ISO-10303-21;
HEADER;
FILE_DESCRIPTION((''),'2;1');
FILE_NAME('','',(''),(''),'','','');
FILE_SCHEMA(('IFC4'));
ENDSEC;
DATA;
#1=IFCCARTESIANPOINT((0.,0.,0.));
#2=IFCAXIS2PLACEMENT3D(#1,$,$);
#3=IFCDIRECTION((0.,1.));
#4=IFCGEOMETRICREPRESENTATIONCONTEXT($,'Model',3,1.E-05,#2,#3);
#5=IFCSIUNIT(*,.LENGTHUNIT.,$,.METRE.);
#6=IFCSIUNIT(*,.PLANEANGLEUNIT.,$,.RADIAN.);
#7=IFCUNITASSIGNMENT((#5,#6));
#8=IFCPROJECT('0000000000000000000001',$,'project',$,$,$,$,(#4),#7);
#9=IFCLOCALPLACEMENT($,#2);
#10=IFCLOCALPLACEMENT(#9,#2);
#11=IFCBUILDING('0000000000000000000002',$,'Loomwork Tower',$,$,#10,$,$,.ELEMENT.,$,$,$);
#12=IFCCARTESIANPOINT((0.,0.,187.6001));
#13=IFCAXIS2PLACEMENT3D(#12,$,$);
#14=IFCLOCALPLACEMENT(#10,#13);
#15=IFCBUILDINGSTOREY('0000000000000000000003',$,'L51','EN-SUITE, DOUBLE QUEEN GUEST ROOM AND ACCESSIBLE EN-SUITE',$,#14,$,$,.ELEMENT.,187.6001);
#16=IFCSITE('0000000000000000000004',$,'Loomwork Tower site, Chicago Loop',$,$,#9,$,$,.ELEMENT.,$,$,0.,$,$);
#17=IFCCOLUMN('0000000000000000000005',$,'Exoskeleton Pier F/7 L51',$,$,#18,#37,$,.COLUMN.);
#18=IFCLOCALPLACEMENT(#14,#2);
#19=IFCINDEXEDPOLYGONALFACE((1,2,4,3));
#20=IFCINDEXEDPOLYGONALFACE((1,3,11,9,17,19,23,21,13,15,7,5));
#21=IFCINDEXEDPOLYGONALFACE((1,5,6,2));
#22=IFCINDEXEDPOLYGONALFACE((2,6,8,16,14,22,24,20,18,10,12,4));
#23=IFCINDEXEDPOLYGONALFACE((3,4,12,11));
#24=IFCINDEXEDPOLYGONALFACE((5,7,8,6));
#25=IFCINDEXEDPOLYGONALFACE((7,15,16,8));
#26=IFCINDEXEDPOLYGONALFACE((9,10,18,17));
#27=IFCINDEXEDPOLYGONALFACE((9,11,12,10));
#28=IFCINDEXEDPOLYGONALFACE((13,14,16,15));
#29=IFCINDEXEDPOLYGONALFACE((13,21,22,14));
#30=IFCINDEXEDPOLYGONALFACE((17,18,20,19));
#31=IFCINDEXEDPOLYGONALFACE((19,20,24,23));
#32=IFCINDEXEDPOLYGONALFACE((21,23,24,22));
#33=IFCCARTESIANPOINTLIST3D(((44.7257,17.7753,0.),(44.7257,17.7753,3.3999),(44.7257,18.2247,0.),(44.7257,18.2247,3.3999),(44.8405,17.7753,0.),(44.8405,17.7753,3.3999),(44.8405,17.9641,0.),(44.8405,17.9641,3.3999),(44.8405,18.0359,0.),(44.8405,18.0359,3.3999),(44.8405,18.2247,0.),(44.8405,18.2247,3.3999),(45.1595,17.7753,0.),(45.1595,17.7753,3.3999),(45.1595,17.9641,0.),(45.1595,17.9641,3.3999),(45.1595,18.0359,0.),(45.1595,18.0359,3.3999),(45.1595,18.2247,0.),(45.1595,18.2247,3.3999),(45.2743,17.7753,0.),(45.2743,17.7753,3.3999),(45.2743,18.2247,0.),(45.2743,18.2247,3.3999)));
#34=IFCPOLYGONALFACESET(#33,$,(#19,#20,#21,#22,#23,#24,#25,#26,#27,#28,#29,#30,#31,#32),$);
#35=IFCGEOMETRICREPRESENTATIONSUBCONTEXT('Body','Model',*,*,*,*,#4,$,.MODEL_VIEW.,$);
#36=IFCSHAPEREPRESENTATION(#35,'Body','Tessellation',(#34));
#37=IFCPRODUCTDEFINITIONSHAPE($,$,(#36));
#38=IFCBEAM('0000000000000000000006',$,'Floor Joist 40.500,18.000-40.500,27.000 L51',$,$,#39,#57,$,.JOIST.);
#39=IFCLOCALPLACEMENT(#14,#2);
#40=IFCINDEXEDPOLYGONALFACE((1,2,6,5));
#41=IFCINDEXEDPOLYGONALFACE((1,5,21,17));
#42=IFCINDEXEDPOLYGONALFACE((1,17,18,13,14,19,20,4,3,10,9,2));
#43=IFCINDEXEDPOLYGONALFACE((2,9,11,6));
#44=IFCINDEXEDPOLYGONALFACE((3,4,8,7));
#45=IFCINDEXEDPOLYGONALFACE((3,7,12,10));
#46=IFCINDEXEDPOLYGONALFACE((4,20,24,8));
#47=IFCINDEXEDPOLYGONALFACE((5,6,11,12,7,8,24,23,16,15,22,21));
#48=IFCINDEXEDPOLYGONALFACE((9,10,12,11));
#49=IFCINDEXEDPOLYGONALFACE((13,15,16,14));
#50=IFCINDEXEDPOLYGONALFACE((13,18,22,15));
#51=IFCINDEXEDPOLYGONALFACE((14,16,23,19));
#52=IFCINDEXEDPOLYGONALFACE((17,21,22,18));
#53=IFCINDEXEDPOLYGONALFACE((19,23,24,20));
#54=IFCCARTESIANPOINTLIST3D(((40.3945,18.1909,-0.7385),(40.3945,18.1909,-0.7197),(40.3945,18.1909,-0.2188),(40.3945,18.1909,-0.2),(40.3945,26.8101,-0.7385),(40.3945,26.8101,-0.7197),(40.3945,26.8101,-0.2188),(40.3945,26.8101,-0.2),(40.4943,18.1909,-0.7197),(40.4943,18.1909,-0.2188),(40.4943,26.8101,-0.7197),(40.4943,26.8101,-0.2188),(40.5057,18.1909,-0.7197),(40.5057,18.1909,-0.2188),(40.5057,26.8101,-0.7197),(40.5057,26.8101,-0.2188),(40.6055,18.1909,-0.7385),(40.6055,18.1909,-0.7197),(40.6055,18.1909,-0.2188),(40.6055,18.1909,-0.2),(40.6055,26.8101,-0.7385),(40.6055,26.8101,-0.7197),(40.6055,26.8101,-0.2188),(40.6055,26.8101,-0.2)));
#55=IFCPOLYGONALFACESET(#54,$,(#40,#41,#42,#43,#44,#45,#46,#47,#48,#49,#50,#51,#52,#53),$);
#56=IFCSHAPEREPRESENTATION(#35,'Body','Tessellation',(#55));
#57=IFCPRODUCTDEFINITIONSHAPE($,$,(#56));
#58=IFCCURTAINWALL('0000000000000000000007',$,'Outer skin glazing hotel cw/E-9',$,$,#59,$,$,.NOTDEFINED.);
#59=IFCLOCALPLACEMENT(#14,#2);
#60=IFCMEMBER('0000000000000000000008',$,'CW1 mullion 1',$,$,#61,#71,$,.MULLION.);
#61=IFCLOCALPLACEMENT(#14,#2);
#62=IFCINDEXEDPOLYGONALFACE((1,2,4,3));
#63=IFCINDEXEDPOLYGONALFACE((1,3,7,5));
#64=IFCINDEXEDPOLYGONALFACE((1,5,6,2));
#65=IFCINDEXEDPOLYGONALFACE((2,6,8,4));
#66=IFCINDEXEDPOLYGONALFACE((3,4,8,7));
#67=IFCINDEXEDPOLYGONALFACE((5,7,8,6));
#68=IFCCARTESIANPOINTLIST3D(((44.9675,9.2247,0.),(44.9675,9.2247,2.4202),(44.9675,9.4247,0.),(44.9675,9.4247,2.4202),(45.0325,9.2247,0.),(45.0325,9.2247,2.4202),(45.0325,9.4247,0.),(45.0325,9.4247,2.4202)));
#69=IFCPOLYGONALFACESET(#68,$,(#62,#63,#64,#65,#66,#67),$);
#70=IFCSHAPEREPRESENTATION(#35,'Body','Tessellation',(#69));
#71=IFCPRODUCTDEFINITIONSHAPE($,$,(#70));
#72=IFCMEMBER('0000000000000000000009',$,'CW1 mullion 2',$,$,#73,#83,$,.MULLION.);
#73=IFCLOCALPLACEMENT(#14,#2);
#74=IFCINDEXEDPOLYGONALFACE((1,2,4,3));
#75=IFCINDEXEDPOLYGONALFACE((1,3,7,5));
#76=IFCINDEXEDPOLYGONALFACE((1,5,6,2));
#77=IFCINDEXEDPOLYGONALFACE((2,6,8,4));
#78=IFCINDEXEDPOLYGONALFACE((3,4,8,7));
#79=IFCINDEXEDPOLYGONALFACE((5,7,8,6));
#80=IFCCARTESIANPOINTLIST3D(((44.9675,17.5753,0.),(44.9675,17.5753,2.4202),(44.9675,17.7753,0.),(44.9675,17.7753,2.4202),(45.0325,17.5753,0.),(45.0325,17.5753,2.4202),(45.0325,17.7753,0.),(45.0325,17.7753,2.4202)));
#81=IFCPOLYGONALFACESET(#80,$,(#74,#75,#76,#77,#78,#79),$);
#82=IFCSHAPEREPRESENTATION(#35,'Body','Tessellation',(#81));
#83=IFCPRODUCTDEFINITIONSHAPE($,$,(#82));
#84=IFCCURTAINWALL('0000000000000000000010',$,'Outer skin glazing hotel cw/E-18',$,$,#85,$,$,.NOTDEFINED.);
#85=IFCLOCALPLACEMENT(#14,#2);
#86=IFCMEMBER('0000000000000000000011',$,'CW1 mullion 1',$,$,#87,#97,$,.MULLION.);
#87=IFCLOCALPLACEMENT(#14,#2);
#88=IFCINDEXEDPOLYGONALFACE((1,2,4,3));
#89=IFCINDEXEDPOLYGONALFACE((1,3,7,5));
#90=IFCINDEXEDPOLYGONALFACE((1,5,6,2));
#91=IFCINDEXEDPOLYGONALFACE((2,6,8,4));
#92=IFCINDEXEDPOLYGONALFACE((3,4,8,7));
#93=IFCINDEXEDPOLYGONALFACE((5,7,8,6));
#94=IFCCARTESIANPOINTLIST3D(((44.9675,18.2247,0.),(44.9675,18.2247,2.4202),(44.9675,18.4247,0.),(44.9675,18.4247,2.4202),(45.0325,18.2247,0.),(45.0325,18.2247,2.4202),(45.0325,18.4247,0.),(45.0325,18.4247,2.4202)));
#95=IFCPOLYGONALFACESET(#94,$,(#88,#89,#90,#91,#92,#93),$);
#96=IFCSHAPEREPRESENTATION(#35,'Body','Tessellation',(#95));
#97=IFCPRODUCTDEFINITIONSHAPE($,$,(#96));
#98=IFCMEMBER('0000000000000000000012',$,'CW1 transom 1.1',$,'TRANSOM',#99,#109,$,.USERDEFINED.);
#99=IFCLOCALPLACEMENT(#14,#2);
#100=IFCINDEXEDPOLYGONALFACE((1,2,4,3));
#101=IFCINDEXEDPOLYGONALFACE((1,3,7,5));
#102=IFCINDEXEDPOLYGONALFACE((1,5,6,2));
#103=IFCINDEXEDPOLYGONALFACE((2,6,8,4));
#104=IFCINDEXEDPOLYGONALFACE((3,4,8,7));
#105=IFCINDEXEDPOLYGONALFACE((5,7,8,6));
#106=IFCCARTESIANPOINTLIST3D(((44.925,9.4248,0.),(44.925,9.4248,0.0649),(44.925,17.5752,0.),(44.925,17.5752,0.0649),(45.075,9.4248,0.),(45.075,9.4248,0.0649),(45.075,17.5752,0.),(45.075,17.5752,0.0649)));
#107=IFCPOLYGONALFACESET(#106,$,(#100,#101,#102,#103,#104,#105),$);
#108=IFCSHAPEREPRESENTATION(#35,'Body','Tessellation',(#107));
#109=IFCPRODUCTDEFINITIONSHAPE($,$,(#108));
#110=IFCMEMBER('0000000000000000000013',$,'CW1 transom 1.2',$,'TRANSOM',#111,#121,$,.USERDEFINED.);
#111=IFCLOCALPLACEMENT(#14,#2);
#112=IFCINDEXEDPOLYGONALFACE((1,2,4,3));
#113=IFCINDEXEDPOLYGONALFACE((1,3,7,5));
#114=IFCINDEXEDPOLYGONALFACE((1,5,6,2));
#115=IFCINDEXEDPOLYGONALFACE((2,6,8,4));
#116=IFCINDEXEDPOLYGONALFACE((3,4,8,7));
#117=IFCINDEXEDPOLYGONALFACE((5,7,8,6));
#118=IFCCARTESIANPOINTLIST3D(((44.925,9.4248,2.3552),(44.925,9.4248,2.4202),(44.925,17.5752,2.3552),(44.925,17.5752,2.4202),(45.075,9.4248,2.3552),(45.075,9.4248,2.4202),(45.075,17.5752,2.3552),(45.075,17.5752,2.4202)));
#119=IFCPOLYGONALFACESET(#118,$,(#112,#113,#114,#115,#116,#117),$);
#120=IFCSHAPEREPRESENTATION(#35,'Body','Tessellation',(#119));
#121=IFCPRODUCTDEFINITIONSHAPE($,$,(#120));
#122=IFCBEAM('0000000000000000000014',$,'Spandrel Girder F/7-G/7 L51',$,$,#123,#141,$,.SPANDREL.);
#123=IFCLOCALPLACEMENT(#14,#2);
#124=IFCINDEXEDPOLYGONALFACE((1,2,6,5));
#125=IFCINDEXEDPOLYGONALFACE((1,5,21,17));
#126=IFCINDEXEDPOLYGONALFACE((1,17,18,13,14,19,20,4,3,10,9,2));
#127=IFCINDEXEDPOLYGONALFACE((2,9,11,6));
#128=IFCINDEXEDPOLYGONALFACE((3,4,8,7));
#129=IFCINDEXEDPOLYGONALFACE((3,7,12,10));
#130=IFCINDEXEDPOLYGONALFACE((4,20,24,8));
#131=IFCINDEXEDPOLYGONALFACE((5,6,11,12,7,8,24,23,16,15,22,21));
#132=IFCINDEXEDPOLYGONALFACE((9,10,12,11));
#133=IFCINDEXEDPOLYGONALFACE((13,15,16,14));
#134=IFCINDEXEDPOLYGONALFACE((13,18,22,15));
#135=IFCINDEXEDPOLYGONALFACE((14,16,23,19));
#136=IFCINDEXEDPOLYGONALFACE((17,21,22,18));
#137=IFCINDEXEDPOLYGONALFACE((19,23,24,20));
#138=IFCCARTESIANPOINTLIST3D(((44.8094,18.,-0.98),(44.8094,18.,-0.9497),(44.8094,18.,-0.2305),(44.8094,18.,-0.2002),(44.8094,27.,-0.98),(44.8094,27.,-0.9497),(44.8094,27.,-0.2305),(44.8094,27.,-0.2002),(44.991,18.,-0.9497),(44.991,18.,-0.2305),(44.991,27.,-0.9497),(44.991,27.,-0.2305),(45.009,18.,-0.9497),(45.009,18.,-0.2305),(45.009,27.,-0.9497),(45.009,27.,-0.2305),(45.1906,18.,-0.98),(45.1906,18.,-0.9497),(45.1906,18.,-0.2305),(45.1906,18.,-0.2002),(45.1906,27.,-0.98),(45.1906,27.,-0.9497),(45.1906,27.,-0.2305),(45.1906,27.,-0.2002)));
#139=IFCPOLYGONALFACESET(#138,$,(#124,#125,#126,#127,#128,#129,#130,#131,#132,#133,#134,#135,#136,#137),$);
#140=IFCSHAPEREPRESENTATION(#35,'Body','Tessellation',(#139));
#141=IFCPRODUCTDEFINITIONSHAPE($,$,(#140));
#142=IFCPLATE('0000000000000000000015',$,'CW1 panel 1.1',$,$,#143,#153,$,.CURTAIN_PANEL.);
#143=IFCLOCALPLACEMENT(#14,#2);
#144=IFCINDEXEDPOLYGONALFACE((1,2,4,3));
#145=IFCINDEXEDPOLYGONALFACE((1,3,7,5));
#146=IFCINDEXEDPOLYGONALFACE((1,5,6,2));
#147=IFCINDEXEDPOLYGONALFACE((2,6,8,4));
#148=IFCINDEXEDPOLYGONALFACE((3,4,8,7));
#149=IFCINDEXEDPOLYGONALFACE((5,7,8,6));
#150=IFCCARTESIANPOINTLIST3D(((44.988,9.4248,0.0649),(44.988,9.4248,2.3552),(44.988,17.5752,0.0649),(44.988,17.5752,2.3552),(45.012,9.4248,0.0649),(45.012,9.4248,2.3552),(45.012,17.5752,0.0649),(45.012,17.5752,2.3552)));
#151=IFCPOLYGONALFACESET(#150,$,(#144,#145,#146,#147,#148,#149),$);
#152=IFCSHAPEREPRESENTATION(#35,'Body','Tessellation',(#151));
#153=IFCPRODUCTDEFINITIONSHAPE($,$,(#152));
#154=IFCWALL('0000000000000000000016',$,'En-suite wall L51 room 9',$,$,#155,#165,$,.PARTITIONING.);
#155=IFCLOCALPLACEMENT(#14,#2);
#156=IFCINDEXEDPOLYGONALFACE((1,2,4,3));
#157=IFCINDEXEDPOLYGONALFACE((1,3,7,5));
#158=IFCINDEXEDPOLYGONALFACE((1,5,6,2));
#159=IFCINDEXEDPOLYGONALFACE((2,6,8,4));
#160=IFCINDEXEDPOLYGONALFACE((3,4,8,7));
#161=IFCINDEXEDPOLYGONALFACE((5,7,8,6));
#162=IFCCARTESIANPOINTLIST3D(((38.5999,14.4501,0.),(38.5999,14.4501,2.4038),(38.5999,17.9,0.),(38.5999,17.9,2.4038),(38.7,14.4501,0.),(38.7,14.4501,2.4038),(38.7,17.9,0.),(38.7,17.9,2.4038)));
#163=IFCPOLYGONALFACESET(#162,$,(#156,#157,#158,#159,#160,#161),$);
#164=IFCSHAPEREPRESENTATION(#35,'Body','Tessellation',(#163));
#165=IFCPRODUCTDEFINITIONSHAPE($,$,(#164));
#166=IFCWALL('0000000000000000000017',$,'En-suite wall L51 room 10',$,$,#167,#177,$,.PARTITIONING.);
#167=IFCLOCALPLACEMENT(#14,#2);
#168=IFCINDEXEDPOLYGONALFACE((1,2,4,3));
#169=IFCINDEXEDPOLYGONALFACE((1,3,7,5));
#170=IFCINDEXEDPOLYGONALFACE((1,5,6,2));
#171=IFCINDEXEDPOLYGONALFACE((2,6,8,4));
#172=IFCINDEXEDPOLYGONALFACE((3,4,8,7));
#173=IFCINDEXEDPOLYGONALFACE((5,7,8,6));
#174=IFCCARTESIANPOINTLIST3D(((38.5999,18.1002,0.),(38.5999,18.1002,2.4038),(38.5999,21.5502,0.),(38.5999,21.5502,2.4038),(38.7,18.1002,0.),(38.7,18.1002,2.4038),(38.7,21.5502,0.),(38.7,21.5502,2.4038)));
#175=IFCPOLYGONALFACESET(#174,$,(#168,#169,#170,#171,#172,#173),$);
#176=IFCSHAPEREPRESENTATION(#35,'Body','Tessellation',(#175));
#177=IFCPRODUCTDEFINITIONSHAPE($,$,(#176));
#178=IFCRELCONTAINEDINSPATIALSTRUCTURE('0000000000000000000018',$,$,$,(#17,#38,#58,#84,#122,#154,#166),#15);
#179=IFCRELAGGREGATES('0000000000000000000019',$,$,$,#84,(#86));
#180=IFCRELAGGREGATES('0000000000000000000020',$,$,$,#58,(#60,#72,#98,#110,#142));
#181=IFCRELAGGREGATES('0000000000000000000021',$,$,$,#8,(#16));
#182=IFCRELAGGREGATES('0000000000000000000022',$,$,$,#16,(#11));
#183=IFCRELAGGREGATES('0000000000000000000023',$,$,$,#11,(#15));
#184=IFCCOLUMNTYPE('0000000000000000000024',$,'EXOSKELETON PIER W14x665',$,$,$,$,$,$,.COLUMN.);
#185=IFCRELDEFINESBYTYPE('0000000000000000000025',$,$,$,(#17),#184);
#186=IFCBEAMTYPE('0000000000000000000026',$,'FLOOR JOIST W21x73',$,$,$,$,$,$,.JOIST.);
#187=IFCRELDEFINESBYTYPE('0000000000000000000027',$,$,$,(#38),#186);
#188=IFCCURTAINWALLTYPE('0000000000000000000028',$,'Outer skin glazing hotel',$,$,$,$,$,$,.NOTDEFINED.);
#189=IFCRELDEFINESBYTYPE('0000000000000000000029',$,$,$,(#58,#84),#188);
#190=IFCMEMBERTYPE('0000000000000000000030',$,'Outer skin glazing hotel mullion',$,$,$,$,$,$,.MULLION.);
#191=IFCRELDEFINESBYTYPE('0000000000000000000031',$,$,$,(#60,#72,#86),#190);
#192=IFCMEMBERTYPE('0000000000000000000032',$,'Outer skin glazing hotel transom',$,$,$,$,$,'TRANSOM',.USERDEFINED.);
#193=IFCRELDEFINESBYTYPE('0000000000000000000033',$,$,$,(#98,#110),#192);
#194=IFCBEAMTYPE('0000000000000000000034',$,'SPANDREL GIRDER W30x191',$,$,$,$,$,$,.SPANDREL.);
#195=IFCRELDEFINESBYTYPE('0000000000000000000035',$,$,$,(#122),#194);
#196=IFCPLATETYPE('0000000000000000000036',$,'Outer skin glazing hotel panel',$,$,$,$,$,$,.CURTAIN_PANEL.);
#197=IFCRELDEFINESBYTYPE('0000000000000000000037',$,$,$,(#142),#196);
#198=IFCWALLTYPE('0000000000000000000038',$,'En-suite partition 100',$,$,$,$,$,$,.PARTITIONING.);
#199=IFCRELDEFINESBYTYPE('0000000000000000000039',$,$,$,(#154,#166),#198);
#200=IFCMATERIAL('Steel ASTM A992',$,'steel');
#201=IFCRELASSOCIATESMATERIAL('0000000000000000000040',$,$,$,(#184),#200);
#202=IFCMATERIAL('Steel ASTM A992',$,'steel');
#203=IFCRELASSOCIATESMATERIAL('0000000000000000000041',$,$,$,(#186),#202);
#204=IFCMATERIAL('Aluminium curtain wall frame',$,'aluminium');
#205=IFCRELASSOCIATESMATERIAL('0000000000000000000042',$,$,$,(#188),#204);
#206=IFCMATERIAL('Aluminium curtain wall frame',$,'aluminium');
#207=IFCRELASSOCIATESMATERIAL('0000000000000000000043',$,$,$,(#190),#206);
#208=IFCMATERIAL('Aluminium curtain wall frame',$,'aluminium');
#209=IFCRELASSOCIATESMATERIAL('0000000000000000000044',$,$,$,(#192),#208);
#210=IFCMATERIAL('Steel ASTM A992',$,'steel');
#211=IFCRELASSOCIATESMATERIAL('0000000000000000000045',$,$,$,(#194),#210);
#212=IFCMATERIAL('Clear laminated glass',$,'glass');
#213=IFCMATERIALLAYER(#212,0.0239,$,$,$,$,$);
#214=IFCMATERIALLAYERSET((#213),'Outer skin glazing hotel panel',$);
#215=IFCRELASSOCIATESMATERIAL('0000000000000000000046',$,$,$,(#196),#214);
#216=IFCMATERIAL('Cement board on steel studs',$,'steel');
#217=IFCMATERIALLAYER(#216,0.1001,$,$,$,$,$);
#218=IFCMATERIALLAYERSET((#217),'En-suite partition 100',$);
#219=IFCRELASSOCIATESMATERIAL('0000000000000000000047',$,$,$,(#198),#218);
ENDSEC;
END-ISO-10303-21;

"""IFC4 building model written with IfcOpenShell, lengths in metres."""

from ifc_helpers import new_model, si_unit, direction, frame, frame_2d, origin, origin_2d, place, context, subcontext, project, spatial, rectangle, i_section, extrude, material, layer, layer_set, material_profile, profile_set, type_object, element, aggregate, save


model = new_model("IFC4")

# Units and contexts
model_context = context("Model", 3, precision=1e-05, world=origin(), true_north=direction((0.0, 1.0)))
body_context = subcontext(model_context, "Body", "Model", "MODEL_VIEW")
ifc_project = project(units=[si_unit("LENGTHUNIT", "METRE"), si_unit("PLANEANGLEUNIT", "RADIAN")], contexts=[model_context])

# Site, building, storey
site_placement = place(None, origin())
site = spatial("IfcSite", under=ifc_project, at=site_placement, Name="Loomwork Tower site, Chicago Loop", CompositionType="ELEMENT", RefElevation=0.0)
building_placement = place(site_placement, origin())
building = spatial("IfcBuilding", under=site, at=building_placement, Name="Loomwork Tower", CompositionType="ELEMENT")
storey_placement = place(building_placement, frame((0.0, 0.0, 187.6001)))
storey = spatial("IfcBuildingStorey", under=building, at=storey_placement, Name="L51", Description="EN-SUITE, DOUBLE QUEEN GUEST ROOM AND ACCESSIBLE EN-SUITE", CompositionType="ELEMENT", Elevation=187.6001)

# Column
ifc_material_1 = material(Name="Steel ASTM A992", Category="steel")
ifc_material_profile_1 = material_profile(ifc_material_1, i_section(OverallWidth=0.4495, OverallDepth=0.5486, WebThickness=0.0718, FlangeThickness=0.1147, at=origin_2d()), Name="W14x665")
ifc_profile_set_1 = profile_set([ifc_material_profile_1], Name="Steel ASTM A992")
column_type = type_object("IfcColumnType", Name="EXOSKELETON PIER W14x665", PredefinedType="COLUMN", material=ifc_profile_set_1)
column_placement = place(storey_placement, frame((45.0, 18.0, 0.0), z_axis=(0.0, 0.0, 1.0), x_axis=(0.0, 1.0, 0.0)))
element("IfcColumn", 1, at=column_placement, inside=storey, type_object=column_type, Name="Exoskeleton Pier F/7 L51", PredefinedType="COLUMN", context=body_context, shape_type="SweptSolid", body=[
    extrude(i_section(OverallWidth=0.4495, OverallDepth=0.5486, WebThickness=0.0718, FlangeThickness=0.1147, at=origin_2d()), origin(), (0.0, 0.0, 1.0), 3.3999),
])

# Beam
ifc_material_2 = material(Name="Steel ASTM A992", Category="steel")
ifc_material_profile_2 = material_profile(ifc_material_2, i_section(OverallWidth=0.2109, OverallDepth=0.5386, WebThickness=0.0115, FlangeThickness=0.0188, at=origin_2d()), Name="W21x73")
ifc_profile_set_2 = profile_set([ifc_material_profile_2], Name="Steel ASTM A992")
beam_type_1 = type_object("IfcBeamType", Name="FLOOR JOIST W21x73", PredefinedType="JOIST", material=ifc_profile_set_2)
beam_1_placement = place(storey_placement, frame((40.5, 18.1909, -0.4692), z_axis=(0.0, 1.0, 0.0), x_axis=(-1.0, 0.0, 0.0)))
element("IfcBeam", 2, at=beam_1_placement, inside=storey, type_object=beam_type_1, Name="Floor Joist 40.500,18.000-40.500,27.000 L51", PredefinedType="JOIST", context=body_context, shape_type="SweptSolid", body=[
    extrude(i_section(OverallWidth=0.2109, OverallDepth=0.5386, WebThickness=0.0115, FlangeThickness=0.0188, at=origin_2d()), origin(), (0.0, 0.0, 1.0), 8.6191),
])

# Curtain wall, members
ifc_material_3 = material(Name="Aluminium curtain wall frame", Category="aluminium")
curtain_wall_type = type_object("IfcCurtainWallType", Name="Outer skin glazing hotel", PredefinedType="NOTDEFINED", material=ifc_material_3)
curtain_wall_1_placement = place(storey_placement, origin())
curtain_wall_1 = element("IfcCurtainWall", 3, at=curtain_wall_1_placement, inside=storey, type_object=curtain_wall_type, Name="Outer skin glazing hotel cw/E-9", PredefinedType="NOTDEFINED")
ifc_material_4 = material(Name="Aluminium curtain wall frame", Category="aluminium")
ifc_material_profile_3 = material_profile(ifc_material_4, rectangle(XDim=0.0649, YDim=0.2, at=origin_2d()), Name="AL 65x200")
ifc_profile_set_3 = profile_set([ifc_material_profile_3], Name="Aluminium curtain wall frame")
member_type_1 = type_object("IfcMemberType", Name="Outer skin glazing hotel mullion", PredefinedType="MULLION", material=ifc_profile_set_3)
member_1_placement = place(storey_placement, frame((45.0, 9.3247, 0.0), z_axis=(0.0, 0.0, 1.0), x_axis=(-1.0, 0.0, 0.0)))
member_1 = element("IfcMember", 4, at=member_1_placement, type_object=member_type_1, Name="CW1 mullion 1", PredefinedType="MULLION", context=body_context, shape_type="SweptSolid", body=[
    extrude(rectangle(XDim=0.0649, YDim=0.2, at=origin_2d()), origin(), (0.0, 0.0, 1.0), 2.4202),
])
member_2_placement = place(storey_placement, frame((45.0, 17.6753, 0.0), z_axis=(0.0, 0.0, 1.0), x_axis=(-1.0, 0.0, 0.0)))
member_2 = element("IfcMember", 5, at=member_2_placement, type_object=member_type_1, Name="CW1 mullion 2", PredefinedType="MULLION", context=body_context, shape_type="SweptSolid", body=[
    extrude(rectangle(XDim=0.0649, YDim=0.2, at=origin_2d()), origin(), (0.0, 0.0, 1.0), 2.4202),
])

# Curtain wall, member
curtain_wall_2_placement = place(storey_placement, origin())
curtain_wall_2 = element("IfcCurtainWall", 6, at=curtain_wall_2_placement, inside=storey, type_object=curtain_wall_type, Name="Outer skin glazing hotel cw/E-18", PredefinedType="NOTDEFINED")
member_3_placement = place(storey_placement, frame((45.0, 18.3247, 0.0), z_axis=(0.0, 0.0, 1.0), x_axis=(-1.0, 0.0, 0.0)))
member_3 = element("IfcMember", 7, at=member_3_placement, type_object=member_type_1, Name="CW1 mullion 1", PredefinedType="MULLION", context=body_context, shape_type="SweptSolid", body=[
    extrude(rectangle(XDim=0.0649, YDim=0.2, at=origin_2d()), origin(), (0.0, 0.0, 1.0), 2.4202),
])
aggregate(curtain_wall_2, [member_3])

# Members
ifc_material_5 = material(Name="Aluminium curtain wall frame", Category="aluminium")
ifc_material_profile_4 = material_profile(ifc_material_5, rectangle(XDim=0.1499, YDim=0.0649, at=origin_2d()), Name="AL 65x150")
ifc_profile_set_4 = profile_set([ifc_material_profile_4], Name="Aluminium curtain wall frame")
member_type_2 = type_object("IfcMemberType", Name="Outer skin glazing hotel transom", ElementType="TRANSOM", PredefinedType="USERDEFINED", material=ifc_profile_set_4)
member_4_placement = place(storey_placement, frame((45.0, 9.4248, 0.0325), z_axis=(0.0, 1.0, 0.0), x_axis=(-1.0, 0.0, 0.0)))
member_4 = element("IfcMember", 8, at=member_4_placement, type_object=member_type_2, Name="CW1 transom 1.1", ObjectType="TRANSOM", PredefinedType="USERDEFINED", context=body_context, shape_type="SweptSolid", body=[
    extrude(rectangle(XDim=0.1499, YDim=0.0649, at=origin_2d()), origin(), (0.0, 0.0, 1.0), 8.1504),
])
member_5_placement = place(storey_placement, frame((45.0, 9.4248, 2.3877), z_axis=(0.0, 1.0, 0.0), x_axis=(-1.0, 0.0, 0.0)))
member_5 = element("IfcMember", 9, at=member_5_placement, type_object=member_type_2, Name="CW1 transom 1.2", ObjectType="TRANSOM", PredefinedType="USERDEFINED", context=body_context, shape_type="SweptSolid", body=[
    extrude(rectangle(XDim=0.1499, YDim=0.0649, at=origin_2d()), origin(), (0.0, 0.0, 1.0), 8.1504),
])

# Beam
ifc_material_6 = material(Name="Steel ASTM A992", Category="steel")
ifc_material_profile_5 = material_profile(ifc_material_6, i_section(OverallWidth=0.3811, OverallDepth=0.7798, WebThickness=0.0181, FlangeThickness=0.0303, at=origin_2d()), Name="W30x191")
ifc_profile_set_5 = profile_set([ifc_material_profile_5], Name="Steel ASTM A992")
beam_type_2 = type_object("IfcBeamType", Name="SPANDREL GIRDER W30x191", PredefinedType="SPANDREL", material=ifc_profile_set_5)
beam_2_placement = place(storey_placement, frame((45.0, 18.0, -0.5901), z_axis=(0.0, 1.0, 0.0), x_axis=(-1.0, 0.0, 0.0)))
element("IfcBeam", 10, at=beam_2_placement, inside=storey, type_object=beam_type_2, Name="Spandrel Girder F/7-G/7 L51", PredefinedType="SPANDREL", context=body_context, shape_type="SweptSolid", body=[
    extrude(i_section(OverallWidth=0.3811, OverallDepth=0.7798, WebThickness=0.0181, FlangeThickness=0.0303, at=origin_2d()), origin(), (0.0, 0.0, 1.0), 9.0),
])

# Plate
ifc_material_7 = material(Name="Clear laminated glass", Category="glass")
ifc_layer_1 = layer(ifc_material_7, 0.0239)
ifc_layer_set_1 = layer_set([ifc_layer_1], Name="Outer skin glazing hotel panel")
plate_type = type_object("IfcPlateType", Name="Outer skin glazing hotel panel", PredefinedType="CURTAIN_PANEL", material=ifc_layer_set_1)
plate_placement = place(storey_placement, frame((45.0, 13.5, 0.0649), z_axis=(0.0, 0.0, 1.0), x_axis=(0.0, 1.0, 0.0)))
plate = element("IfcPlate", 11, at=plate_placement, type_object=plate_type, Name="CW1 panel 1.1", PredefinedType="CURTAIN_PANEL", context=body_context, shape_type="SweptSolid", body=[
    extrude(rectangle(XDim=8.1504, YDim=0.0239, at=origin_2d()), origin(), (0.0, 0.0, 1.0), 2.2903),
])
aggregate(curtain_wall_1, [member_1, member_2, member_4, member_5, plate])

# Walls
ifc_material_8 = material(Name="Cement board on steel studs", Category="steel")
ifc_layer_2 = layer(ifc_material_8, 0.1001)
ifc_layer_set_2 = layer_set([ifc_layer_2], Name="En-suite partition 100")
wall_type_1 = type_object("IfcWallType", Name="En-suite partition 100", PredefinedType="PARTITIONING", material=ifc_layer_set_2)
for number, where, z_axis, x_axis, name in (
    (12, (38.6499, 14.45, 0.0), (0.0, 0.0, 1.0), (0.0, 1.0, 0.0), "En-suite wall L51 room 9"),
    (13, (38.6499, 18.1001, 0.0), (0.0, 0.0, 1.0), (0.0, 1.0, 0.0), "En-suite wall L51 room 10"),
):
    element("IfcWall", number, at=place(storey_placement, frame(where, z_axis=z_axis, x_axis=x_axis)), inside=storey, type_object=wall_type_1, Name=name, PredefinedType="PARTITIONING", context=body_context, shape_type="SweptSolid", body=[
        extrude(rectangle(XDim=3.45, YDim=0.1001, at=frame_2d((1.7251, 0.0))), origin(), (0.0, 0.0, 1.0), 2.4038),
    ])

save(model, "model.ifc")
